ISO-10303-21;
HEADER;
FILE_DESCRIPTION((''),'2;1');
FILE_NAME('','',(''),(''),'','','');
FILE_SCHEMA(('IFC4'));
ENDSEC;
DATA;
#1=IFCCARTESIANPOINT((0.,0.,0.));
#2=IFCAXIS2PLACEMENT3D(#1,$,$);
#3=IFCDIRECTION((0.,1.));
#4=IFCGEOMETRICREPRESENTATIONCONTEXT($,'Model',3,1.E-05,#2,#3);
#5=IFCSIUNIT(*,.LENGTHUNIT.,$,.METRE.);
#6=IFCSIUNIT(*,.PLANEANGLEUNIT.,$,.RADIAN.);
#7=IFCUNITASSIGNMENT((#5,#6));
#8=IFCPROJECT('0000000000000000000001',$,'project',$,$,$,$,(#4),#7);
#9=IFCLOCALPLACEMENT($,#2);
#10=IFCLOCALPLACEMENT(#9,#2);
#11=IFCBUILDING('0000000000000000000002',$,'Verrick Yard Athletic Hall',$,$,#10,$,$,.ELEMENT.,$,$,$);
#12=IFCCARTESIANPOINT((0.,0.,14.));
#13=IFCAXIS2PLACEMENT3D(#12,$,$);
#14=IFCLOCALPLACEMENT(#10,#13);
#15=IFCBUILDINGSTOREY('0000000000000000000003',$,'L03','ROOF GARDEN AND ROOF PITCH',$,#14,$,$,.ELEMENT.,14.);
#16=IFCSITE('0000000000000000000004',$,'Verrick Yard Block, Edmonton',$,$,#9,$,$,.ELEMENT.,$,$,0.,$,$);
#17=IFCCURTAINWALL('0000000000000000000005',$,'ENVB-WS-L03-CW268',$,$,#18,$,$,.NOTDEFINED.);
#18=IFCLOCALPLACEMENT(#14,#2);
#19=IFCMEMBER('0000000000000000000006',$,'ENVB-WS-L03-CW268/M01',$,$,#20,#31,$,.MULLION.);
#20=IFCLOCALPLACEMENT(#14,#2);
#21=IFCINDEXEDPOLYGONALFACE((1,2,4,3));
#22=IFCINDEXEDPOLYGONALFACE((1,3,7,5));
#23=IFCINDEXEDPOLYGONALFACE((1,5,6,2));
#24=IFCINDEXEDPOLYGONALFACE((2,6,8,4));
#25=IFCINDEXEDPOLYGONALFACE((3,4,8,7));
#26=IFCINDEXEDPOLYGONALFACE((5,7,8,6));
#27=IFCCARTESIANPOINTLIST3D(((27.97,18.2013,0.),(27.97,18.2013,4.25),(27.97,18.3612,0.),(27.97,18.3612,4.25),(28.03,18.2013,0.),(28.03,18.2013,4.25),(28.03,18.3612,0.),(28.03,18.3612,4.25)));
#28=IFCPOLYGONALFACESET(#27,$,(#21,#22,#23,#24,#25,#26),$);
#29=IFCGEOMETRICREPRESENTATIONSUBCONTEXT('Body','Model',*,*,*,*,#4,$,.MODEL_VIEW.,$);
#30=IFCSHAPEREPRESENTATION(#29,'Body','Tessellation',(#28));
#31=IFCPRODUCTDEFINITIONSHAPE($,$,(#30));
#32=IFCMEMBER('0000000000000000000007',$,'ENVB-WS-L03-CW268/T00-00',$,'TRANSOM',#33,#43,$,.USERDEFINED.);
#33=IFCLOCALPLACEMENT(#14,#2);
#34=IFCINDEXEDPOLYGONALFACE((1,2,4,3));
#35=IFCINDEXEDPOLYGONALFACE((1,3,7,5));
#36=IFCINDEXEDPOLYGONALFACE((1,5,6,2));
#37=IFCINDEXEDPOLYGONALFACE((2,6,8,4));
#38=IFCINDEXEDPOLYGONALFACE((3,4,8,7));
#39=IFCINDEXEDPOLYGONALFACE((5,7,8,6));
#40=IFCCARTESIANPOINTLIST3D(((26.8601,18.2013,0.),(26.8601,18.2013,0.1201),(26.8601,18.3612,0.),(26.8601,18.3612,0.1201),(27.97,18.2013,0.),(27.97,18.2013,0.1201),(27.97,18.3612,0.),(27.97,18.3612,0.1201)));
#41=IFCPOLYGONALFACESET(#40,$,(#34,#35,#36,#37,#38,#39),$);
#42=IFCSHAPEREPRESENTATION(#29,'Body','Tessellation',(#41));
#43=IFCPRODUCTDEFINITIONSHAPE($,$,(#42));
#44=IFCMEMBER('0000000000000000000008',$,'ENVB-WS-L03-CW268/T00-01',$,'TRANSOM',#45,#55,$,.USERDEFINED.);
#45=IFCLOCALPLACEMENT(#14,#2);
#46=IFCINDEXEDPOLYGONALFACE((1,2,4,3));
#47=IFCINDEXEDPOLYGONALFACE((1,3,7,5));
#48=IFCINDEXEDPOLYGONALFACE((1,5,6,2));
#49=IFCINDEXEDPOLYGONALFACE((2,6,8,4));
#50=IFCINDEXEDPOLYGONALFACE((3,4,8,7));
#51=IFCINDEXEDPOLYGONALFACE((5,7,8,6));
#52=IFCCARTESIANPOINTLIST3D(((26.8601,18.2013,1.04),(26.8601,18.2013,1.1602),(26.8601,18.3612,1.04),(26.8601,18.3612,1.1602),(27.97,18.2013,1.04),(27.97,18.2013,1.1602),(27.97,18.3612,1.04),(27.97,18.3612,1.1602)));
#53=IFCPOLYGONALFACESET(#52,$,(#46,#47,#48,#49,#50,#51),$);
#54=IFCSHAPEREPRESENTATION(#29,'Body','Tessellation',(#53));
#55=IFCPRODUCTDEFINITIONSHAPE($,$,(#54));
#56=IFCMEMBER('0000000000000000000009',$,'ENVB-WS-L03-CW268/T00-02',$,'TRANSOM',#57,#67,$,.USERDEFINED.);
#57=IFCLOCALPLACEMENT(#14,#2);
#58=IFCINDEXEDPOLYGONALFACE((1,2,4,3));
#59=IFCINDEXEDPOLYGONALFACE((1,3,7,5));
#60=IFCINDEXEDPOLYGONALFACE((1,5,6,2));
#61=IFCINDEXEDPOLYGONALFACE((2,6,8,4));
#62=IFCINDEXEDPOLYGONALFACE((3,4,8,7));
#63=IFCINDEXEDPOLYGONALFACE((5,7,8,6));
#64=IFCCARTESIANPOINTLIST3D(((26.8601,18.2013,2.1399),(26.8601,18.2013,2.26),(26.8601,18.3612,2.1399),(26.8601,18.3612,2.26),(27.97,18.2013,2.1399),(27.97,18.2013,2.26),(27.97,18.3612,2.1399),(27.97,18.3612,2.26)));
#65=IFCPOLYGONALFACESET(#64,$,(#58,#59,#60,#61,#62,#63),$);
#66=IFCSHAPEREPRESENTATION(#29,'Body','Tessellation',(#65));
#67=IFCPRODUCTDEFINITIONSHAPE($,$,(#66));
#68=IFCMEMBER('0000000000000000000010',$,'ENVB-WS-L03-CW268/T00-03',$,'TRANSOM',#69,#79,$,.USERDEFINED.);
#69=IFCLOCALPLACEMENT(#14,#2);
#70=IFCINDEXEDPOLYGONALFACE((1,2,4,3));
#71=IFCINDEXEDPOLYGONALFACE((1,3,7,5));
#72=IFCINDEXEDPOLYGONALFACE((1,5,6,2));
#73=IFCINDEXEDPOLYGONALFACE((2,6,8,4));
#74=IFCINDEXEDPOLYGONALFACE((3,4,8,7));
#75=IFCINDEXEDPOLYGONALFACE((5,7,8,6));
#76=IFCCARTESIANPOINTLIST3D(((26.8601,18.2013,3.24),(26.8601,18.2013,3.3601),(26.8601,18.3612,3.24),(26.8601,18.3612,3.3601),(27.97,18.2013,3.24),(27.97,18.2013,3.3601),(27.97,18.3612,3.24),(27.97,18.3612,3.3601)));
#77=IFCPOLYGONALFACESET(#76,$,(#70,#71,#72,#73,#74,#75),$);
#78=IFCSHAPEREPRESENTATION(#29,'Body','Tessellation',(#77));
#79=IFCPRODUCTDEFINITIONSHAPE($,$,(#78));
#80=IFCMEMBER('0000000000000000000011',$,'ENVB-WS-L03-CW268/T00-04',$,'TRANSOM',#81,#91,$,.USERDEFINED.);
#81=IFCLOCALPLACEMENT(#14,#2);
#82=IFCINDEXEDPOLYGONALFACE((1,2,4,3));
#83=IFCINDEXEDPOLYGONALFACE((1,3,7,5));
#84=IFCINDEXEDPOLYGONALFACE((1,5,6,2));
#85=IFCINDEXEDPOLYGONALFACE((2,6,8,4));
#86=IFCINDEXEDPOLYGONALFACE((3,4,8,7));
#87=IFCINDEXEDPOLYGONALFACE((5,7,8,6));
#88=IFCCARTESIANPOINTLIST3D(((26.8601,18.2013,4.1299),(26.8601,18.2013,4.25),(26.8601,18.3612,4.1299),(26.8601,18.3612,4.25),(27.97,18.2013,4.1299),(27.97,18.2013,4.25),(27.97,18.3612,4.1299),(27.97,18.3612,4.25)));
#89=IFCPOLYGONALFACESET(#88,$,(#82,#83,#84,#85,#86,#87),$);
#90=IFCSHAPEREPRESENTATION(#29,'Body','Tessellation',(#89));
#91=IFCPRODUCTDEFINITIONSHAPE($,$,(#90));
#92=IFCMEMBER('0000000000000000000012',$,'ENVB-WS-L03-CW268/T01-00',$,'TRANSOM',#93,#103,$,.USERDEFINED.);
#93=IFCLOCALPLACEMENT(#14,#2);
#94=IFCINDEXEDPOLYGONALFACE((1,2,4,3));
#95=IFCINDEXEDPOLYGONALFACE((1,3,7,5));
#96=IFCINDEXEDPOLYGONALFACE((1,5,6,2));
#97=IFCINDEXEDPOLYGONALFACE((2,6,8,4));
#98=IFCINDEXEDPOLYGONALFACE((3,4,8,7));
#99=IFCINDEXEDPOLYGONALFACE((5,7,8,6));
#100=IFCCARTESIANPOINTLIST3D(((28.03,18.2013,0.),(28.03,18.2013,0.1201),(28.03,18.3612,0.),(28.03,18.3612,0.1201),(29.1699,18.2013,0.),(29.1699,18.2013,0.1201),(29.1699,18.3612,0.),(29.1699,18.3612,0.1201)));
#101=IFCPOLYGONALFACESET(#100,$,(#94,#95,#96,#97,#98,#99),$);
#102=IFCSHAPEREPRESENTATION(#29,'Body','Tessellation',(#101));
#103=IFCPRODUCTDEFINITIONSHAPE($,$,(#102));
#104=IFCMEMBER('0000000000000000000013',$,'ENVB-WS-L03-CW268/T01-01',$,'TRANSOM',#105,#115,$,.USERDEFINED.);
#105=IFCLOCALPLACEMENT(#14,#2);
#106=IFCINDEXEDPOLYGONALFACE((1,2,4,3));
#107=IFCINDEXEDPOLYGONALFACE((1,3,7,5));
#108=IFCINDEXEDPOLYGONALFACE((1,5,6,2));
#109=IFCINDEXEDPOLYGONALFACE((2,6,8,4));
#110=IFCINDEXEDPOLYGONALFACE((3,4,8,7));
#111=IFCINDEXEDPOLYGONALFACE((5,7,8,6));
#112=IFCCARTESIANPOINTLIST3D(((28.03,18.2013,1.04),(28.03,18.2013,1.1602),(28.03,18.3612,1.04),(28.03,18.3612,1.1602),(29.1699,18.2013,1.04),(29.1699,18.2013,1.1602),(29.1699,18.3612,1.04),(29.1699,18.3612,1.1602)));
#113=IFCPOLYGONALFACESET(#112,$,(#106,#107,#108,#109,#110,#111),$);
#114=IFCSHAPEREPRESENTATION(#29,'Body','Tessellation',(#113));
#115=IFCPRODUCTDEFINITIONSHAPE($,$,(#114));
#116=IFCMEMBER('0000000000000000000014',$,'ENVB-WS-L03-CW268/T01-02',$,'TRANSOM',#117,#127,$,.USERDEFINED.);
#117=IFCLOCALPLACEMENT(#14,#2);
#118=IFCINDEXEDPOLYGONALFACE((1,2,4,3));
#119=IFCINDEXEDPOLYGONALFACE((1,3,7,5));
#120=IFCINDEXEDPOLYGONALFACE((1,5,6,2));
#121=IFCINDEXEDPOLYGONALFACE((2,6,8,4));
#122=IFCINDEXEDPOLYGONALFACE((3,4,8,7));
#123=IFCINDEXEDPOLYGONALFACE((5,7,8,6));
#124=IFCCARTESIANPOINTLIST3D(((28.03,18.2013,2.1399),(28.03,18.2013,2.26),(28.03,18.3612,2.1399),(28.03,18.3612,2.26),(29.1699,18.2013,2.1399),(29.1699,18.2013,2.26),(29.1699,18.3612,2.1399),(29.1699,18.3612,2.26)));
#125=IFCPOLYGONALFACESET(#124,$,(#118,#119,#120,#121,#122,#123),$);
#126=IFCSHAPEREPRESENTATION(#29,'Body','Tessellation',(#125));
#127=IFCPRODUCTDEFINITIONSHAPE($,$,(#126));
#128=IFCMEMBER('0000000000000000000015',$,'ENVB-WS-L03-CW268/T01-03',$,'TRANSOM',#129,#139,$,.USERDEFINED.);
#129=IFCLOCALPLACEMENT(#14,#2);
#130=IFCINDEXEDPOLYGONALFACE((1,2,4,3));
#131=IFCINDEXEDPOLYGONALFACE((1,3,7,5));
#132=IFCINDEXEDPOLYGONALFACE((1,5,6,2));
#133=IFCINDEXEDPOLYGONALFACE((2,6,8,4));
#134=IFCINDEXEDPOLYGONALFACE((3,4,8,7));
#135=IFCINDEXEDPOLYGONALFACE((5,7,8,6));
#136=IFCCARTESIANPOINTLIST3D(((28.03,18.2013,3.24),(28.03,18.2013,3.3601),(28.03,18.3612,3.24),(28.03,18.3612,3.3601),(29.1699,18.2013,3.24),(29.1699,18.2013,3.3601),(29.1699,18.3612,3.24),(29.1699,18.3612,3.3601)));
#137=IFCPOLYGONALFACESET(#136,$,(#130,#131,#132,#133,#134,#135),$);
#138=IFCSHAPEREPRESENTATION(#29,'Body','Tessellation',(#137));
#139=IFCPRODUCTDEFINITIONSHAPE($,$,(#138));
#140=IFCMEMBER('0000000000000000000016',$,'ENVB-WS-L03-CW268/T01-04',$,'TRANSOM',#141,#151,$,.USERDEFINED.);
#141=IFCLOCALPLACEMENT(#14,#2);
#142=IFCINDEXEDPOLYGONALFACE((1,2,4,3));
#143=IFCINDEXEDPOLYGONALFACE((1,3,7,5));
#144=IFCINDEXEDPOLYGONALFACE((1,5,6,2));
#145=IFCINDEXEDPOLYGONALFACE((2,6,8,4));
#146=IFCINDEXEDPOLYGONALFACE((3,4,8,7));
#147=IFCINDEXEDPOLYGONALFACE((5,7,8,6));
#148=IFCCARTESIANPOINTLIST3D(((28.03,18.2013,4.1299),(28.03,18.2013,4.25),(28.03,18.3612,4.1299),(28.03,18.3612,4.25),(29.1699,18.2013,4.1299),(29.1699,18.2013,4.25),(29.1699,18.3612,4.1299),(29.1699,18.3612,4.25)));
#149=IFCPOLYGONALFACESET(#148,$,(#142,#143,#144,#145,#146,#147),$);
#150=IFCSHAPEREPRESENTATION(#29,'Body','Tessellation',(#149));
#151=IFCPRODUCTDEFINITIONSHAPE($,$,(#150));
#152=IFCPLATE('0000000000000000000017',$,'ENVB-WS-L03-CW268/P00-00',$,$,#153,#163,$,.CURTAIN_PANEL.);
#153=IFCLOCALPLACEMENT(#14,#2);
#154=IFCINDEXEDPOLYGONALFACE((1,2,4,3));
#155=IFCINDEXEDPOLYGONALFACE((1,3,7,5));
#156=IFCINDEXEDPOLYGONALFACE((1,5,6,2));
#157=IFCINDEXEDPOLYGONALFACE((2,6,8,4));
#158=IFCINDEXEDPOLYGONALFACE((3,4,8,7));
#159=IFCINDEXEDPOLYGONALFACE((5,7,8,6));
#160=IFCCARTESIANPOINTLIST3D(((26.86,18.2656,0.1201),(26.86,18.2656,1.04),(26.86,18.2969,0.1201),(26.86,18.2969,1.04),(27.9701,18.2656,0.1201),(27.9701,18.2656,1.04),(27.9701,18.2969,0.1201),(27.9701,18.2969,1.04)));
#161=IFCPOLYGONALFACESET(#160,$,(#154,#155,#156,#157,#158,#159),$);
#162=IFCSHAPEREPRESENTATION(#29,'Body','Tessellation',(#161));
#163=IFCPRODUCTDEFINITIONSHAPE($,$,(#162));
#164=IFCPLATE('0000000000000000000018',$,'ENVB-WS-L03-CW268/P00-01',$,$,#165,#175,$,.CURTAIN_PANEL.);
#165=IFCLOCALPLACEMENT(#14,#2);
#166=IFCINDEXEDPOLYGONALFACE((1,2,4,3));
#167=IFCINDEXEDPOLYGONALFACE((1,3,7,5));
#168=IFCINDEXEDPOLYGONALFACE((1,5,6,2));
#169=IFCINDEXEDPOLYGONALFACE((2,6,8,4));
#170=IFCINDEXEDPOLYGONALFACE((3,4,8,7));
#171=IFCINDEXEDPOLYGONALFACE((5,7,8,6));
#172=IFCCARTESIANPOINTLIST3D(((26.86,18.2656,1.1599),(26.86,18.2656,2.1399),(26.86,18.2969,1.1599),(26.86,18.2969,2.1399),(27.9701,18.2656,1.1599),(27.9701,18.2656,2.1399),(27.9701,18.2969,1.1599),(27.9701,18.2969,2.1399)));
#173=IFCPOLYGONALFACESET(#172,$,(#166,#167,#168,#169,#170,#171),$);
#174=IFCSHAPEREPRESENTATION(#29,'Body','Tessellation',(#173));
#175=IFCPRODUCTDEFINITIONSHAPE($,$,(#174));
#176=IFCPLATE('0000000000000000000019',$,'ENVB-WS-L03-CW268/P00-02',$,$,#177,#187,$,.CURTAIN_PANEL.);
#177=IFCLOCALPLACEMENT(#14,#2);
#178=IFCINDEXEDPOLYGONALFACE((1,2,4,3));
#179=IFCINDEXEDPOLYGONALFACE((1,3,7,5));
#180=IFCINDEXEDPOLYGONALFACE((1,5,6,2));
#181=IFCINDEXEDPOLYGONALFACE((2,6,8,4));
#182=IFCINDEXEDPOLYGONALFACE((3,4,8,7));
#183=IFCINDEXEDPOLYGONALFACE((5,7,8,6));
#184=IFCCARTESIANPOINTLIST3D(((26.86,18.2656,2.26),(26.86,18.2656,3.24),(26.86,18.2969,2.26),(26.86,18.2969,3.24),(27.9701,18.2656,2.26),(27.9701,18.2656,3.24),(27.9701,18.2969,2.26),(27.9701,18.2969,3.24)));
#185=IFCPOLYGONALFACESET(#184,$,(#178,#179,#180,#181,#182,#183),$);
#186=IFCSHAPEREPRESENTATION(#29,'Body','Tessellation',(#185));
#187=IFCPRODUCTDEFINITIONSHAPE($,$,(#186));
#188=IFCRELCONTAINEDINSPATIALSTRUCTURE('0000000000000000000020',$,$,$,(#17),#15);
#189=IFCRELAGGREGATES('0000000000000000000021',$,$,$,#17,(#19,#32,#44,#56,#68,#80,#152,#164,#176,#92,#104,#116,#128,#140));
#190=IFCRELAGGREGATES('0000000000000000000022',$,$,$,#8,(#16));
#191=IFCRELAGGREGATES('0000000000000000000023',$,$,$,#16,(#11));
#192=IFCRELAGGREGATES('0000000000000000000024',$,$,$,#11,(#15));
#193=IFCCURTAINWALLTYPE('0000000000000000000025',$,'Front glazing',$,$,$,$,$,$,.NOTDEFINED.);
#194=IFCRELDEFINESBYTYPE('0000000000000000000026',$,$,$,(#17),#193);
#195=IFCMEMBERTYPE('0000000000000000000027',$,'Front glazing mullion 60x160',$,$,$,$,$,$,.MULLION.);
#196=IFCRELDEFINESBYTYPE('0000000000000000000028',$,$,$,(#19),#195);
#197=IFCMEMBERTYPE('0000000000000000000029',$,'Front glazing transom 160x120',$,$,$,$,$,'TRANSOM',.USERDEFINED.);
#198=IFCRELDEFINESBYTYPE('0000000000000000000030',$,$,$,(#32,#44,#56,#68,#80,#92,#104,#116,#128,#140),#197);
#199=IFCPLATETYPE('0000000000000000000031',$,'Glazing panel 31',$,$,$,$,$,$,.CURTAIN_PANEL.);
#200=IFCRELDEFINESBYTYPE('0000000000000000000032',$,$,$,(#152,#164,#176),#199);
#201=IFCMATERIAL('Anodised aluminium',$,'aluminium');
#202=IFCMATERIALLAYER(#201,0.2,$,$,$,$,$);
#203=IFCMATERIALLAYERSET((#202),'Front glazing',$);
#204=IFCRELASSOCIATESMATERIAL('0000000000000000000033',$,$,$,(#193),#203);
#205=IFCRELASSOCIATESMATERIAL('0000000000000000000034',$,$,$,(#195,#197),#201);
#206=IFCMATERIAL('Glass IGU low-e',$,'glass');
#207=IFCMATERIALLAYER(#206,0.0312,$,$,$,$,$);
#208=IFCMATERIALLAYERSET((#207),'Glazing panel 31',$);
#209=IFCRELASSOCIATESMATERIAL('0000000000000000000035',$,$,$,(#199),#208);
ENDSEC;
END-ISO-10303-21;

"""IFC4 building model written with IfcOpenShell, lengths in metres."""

from ifc_helpers import new_model, si_unit, direction, frame, origin, origin_2d, place, context, subcontext, project, spatial, rectangle, extrude, material, layer, layer_set, material_profile, profile_set, type_object, element, aggregate, save


model = new_model("IFC4")

# Units and contexts
model_context = context("Model", 3, precision=1e-05, world=origin(), true_north=direction((0.0, 1.0)))
body_context = subcontext(model_context, "Body", "Model", "MODEL_VIEW")
ifc_project = project(units=[si_unit("LENGTHUNIT", "METRE"), si_unit("PLANEANGLEUNIT", "RADIAN")], contexts=[model_context])

# Site, building, storey
site_placement = place(None, origin())
site = spatial("IfcSite", under=ifc_project, at=site_placement, Name="Verrick Yard Block, Edmonton", CompositionType="ELEMENT", RefElevation=0.0)
building_placement = place(site_placement, origin())
building = spatial("IfcBuilding", under=site, at=building_placement, Name="Verrick Yard Athletic Hall", CompositionType="ELEMENT")
storey_placement = place(building_placement, frame((0.0, 0.0, 14.0)))
storey = spatial("IfcBuildingStorey", under=building, at=storey_placement, Name="L03", Description="ROOF GARDEN AND ROOF PITCH", CompositionType="ELEMENT", Elevation=14.0)

# Curtain wall, members, plates
ifc_material_1 = material(Name="Anodised aluminium", Category="aluminium")
ifc_layer_1 = layer(ifc_material_1, 0.2)
ifc_layer_set_1 = layer_set([ifc_layer_1], Name="Front glazing")
curtain_wall_type = type_object("IfcCurtainWallType", Name="Front glazing", PredefinedType="NOTDEFINED", material=ifc_layer_set_1)
curtain_wall_placement = place(storey_placement, origin())
curtain_wall = element("IfcCurtainWall", 1, at=curtain_wall_placement, inside=storey, type_object=curtain_wall_type, Name="ENVB-WS-L03-CW268", PredefinedType="NOTDEFINED")
ifc_material_profile_1 = material_profile(ifc_material_1, rectangle(XDim=0.1599, YDim=0.0601, at=origin_2d()), Name="CW mullion 60x160")
ifc_profile_set_1 = profile_set([ifc_material_profile_1], Name="Anodised aluminium")
member_type_1 = type_object("IfcMemberType", Name="Front glazing mullion 60x160", PredefinedType="MULLION", material=ifc_profile_set_1)
member_1_placement = place(storey_placement, frame((28.0, 18.2812, 0.0), z_axis=(0.0, 0.0, 1.0), x_axis=(0.0, 1.0, 0.0)))
member_1 = element("IfcMember", 2, at=member_1_placement, type_object=member_type_1, Name="ENVB-WS-L03-CW268/M01", PredefinedType="MULLION", context=body_context, shape_type="SweptSolid", body=[
    extrude(rectangle(XDim=0.1599, YDim=0.0601, at=origin_2d()), origin(), (0.0, 0.0, 1.0), 4.25),
])
ifc_material_profile_2 = material_profile(ifc_material_1, rectangle(XDim=0.1599, YDim=0.1201, at=origin_2d()), Name="CW transom 160x120")
ifc_profile_set_2 = profile_set([ifc_material_profile_2], Name="Anodised aluminium")
member_type_2 = type_object("IfcMemberType", Name="Front glazing transom 160x120", ElementType="TRANSOM", PredefinedType="USERDEFINED", material=ifc_profile_set_2)
member_2_placement = place(storey_placement, frame((26.8601, 18.2812, 0.0601), z_axis=(1.0, 0.0, 0.0), x_axis=(0.0, 1.0, 0.0)))
member_2 = element("IfcMember", 3, at=member_2_placement, type_object=member_type_2, Name="ENVB-WS-L03-CW268/T00-00", ObjectType="TRANSOM", PredefinedType="USERDEFINED", context=body_context, shape_type="SweptSolid", body=[
    extrude(rectangle(XDim=0.1599, YDim=0.1201, at=origin_2d()), origin(), (0.0, 0.0, 1.0), 1.1099),
])
member_3_placement = place(storey_placement, frame((26.8601, 18.2812, 1.1001), z_axis=(1.0, 0.0, 0.0), x_axis=(0.0, 1.0, 0.0)))
member_3 = element("IfcMember", 4, at=member_3_placement, type_object=member_type_2, Name="ENVB-WS-L03-CW268/T00-01", ObjectType="TRANSOM", PredefinedType="USERDEFINED", context=body_context, shape_type="SweptSolid", body=[
    extrude(rectangle(XDim=0.1599, YDim=0.1201, at=origin_2d()), origin(), (0.0, 0.0, 1.0), 1.1099),
])
member_4_placement = place(storey_placement, frame((26.8601, 18.2812, 2.2), z_axis=(1.0, 0.0, 0.0), x_axis=(0.0, 1.0, 0.0)))
member_4 = element("IfcMember", 5, at=member_4_placement, type_object=member_type_2, Name="ENVB-WS-L03-CW268/T00-02", ObjectType="TRANSOM", PredefinedType="USERDEFINED", context=body_context, shape_type="SweptSolid", body=[
    extrude(rectangle(XDim=0.1599, YDim=0.1201, at=origin_2d()), origin(), (0.0, 0.0, 1.0), 1.1099),
])
member_5_placement = place(storey_placement, frame((26.8601, 18.2812, 3.3), z_axis=(1.0, 0.0, 0.0), x_axis=(0.0, 1.0, 0.0)))
member_5 = element("IfcMember", 6, at=member_5_placement, type_object=member_type_2, Name="ENVB-WS-L03-CW268/T00-03", ObjectType="TRANSOM", PredefinedType="USERDEFINED", context=body_context, shape_type="SweptSolid", body=[
    extrude(rectangle(XDim=0.1599, YDim=0.1201, at=origin_2d()), origin(), (0.0, 0.0, 1.0), 1.1099),
])
member_6_placement = place(storey_placement, frame((26.8601, 18.2812, 4.1899), z_axis=(1.0, 0.0, 0.0), x_axis=(0.0, 1.0, 0.0)))
member_6 = element("IfcMember", 7, at=member_6_placement, type_object=member_type_2, Name="ENVB-WS-L03-CW268/T00-04", ObjectType="TRANSOM", PredefinedType="USERDEFINED", context=body_context, shape_type="SweptSolid", body=[
    extrude(rectangle(XDim=0.1599, YDim=0.1201, at=origin_2d()), origin(), (0.0, 0.0, 1.0), 1.1099),
])
member_7_placement = place(storey_placement, frame((28.03, 18.2812, 0.0601), z_axis=(1.0, 0.0, 0.0), x_axis=(0.0, 1.0, 0.0)))
member_7 = element("IfcMember", 8, at=member_7_placement, type_object=member_type_2, Name="ENVB-WS-L03-CW268/T01-00", ObjectType="TRANSOM", PredefinedType="USERDEFINED", context=body_context, shape_type="SweptSolid", body=[
    extrude(rectangle(XDim=0.1599, YDim=0.1201, at=origin_2d()), origin(), (0.0, 0.0, 1.0), 1.1399),
])
member_8_placement = place(storey_placement, frame((28.03, 18.2812, 1.1001), z_axis=(1.0, 0.0, 0.0), x_axis=(0.0, 1.0, 0.0)))
member_8 = element("IfcMember", 9, at=member_8_placement, type_object=member_type_2, Name="ENVB-WS-L03-CW268/T01-01", ObjectType="TRANSOM", PredefinedType="USERDEFINED", context=body_context, shape_type="SweptSolid", body=[
    extrude(rectangle(XDim=0.1599, YDim=0.1201, at=origin_2d()), origin(), (0.0, 0.0, 1.0), 1.1399),
])
member_9_placement = place(storey_placement, frame((28.03, 18.2812, 2.2), z_axis=(1.0, 0.0, 0.0), x_axis=(0.0, 1.0, 0.0)))
member_9 = element("IfcMember", 10, at=member_9_placement, type_object=member_type_2, Name="ENVB-WS-L03-CW268/T01-02", ObjectType="TRANSOM", PredefinedType="USERDEFINED", context=body_context, shape_type="SweptSolid", body=[
    extrude(rectangle(XDim=0.1599, YDim=0.1201, at=origin_2d()), origin(), (0.0, 0.0, 1.0), 1.1399),
])
member_10_placement = place(storey_placement, frame((28.03, 18.2812, 3.3), z_axis=(1.0, 0.0, 0.0), x_axis=(0.0, 1.0, 0.0)))
member_10 = element("IfcMember", 11, at=member_10_placement, type_object=member_type_2, Name="ENVB-WS-L03-CW268/T01-03", ObjectType="TRANSOM", PredefinedType="USERDEFINED", context=body_context, shape_type="SweptSolid", body=[
    extrude(rectangle(XDim=0.1599, YDim=0.1201, at=origin_2d()), origin(), (0.0, 0.0, 1.0), 1.1399),
])
member_11_placement = place(storey_placement, frame((28.03, 18.2812, 4.1899), z_axis=(1.0, 0.0, 0.0), x_axis=(0.0, 1.0, 0.0)))
member_11 = element("IfcMember", 12, at=member_11_placement, type_object=member_type_2, Name="ENVB-WS-L03-CW268/T01-04", ObjectType="TRANSOM", PredefinedType="USERDEFINED", context=body_context, shape_type="SweptSolid", body=[
    extrude(rectangle(XDim=0.1599, YDim=0.1201, at=origin_2d()), origin(), (0.0, 0.0, 1.0), 1.1399),
])
ifc_material_2 = material(Name="Glass IGU low-e", Category="glass")
ifc_layer_2 = layer(ifc_material_2, 0.0312)
ifc_layer_set_2 = layer_set([ifc_layer_2], Name="Glazing panel 31")
plate_type = type_object("IfcPlateType", Name="Glazing panel 31", PredefinedType="CURTAIN_PANEL", material=ifc_layer_set_2)
plate_1_placement = place(storey_placement, frame((27.415, 18.2812, 0.1201), z_axis=(0.0, 0.0, 1.0), x_axis=(1.0, 0.0, 0.0)))
plate_1 = element("IfcPlate", 13, at=plate_1_placement, type_object=plate_type, Name="ENVB-WS-L03-CW268/P00-00", PredefinedType="CURTAIN_PANEL", context=body_context, shape_type="SweptSolid", body=[
    extrude(rectangle(XDim=1.1101, YDim=0.0312, at=origin_2d()), origin(), (0.0, 0.0, 1.0), 0.9199),
])
plate_2_placement = place(storey_placement, frame((27.415, 18.2812, 1.1599), z_axis=(0.0, 0.0, 1.0), x_axis=(1.0, 0.0, 0.0)))
plate_2 = element("IfcPlate", 14, at=plate_2_placement, type_object=plate_type, Name="ENVB-WS-L03-CW268/P00-01", PredefinedType="CURTAIN_PANEL", context=body_context, shape_type="SweptSolid", body=[
    extrude(rectangle(XDim=1.1101, YDim=0.0312, at=origin_2d()), origin(), (0.0, 0.0, 1.0), 0.98),
])
plate_3_placement = place(storey_placement, frame((27.415, 18.2812, 2.26), z_axis=(0.0, 0.0, 1.0), x_axis=(1.0, 0.0, 0.0)))
plate_3 = element("IfcPlate", 15, at=plate_3_placement, type_object=plate_type, Name="ENVB-WS-L03-CW268/P00-02", PredefinedType="CURTAIN_PANEL", context=body_context, shape_type="SweptSolid", body=[
    extrude(rectangle(XDim=1.1101, YDim=0.0312, at=origin_2d()), origin(), (0.0, 0.0, 1.0), 0.98),
])
aggregate(curtain_wall, [member_1, member_2, member_3, member_4, member_5, member_6, plate_1, plate_2, plate_3, member_7, member_8, member_9, member_10, member_11])

save(model, "model.ifc")
